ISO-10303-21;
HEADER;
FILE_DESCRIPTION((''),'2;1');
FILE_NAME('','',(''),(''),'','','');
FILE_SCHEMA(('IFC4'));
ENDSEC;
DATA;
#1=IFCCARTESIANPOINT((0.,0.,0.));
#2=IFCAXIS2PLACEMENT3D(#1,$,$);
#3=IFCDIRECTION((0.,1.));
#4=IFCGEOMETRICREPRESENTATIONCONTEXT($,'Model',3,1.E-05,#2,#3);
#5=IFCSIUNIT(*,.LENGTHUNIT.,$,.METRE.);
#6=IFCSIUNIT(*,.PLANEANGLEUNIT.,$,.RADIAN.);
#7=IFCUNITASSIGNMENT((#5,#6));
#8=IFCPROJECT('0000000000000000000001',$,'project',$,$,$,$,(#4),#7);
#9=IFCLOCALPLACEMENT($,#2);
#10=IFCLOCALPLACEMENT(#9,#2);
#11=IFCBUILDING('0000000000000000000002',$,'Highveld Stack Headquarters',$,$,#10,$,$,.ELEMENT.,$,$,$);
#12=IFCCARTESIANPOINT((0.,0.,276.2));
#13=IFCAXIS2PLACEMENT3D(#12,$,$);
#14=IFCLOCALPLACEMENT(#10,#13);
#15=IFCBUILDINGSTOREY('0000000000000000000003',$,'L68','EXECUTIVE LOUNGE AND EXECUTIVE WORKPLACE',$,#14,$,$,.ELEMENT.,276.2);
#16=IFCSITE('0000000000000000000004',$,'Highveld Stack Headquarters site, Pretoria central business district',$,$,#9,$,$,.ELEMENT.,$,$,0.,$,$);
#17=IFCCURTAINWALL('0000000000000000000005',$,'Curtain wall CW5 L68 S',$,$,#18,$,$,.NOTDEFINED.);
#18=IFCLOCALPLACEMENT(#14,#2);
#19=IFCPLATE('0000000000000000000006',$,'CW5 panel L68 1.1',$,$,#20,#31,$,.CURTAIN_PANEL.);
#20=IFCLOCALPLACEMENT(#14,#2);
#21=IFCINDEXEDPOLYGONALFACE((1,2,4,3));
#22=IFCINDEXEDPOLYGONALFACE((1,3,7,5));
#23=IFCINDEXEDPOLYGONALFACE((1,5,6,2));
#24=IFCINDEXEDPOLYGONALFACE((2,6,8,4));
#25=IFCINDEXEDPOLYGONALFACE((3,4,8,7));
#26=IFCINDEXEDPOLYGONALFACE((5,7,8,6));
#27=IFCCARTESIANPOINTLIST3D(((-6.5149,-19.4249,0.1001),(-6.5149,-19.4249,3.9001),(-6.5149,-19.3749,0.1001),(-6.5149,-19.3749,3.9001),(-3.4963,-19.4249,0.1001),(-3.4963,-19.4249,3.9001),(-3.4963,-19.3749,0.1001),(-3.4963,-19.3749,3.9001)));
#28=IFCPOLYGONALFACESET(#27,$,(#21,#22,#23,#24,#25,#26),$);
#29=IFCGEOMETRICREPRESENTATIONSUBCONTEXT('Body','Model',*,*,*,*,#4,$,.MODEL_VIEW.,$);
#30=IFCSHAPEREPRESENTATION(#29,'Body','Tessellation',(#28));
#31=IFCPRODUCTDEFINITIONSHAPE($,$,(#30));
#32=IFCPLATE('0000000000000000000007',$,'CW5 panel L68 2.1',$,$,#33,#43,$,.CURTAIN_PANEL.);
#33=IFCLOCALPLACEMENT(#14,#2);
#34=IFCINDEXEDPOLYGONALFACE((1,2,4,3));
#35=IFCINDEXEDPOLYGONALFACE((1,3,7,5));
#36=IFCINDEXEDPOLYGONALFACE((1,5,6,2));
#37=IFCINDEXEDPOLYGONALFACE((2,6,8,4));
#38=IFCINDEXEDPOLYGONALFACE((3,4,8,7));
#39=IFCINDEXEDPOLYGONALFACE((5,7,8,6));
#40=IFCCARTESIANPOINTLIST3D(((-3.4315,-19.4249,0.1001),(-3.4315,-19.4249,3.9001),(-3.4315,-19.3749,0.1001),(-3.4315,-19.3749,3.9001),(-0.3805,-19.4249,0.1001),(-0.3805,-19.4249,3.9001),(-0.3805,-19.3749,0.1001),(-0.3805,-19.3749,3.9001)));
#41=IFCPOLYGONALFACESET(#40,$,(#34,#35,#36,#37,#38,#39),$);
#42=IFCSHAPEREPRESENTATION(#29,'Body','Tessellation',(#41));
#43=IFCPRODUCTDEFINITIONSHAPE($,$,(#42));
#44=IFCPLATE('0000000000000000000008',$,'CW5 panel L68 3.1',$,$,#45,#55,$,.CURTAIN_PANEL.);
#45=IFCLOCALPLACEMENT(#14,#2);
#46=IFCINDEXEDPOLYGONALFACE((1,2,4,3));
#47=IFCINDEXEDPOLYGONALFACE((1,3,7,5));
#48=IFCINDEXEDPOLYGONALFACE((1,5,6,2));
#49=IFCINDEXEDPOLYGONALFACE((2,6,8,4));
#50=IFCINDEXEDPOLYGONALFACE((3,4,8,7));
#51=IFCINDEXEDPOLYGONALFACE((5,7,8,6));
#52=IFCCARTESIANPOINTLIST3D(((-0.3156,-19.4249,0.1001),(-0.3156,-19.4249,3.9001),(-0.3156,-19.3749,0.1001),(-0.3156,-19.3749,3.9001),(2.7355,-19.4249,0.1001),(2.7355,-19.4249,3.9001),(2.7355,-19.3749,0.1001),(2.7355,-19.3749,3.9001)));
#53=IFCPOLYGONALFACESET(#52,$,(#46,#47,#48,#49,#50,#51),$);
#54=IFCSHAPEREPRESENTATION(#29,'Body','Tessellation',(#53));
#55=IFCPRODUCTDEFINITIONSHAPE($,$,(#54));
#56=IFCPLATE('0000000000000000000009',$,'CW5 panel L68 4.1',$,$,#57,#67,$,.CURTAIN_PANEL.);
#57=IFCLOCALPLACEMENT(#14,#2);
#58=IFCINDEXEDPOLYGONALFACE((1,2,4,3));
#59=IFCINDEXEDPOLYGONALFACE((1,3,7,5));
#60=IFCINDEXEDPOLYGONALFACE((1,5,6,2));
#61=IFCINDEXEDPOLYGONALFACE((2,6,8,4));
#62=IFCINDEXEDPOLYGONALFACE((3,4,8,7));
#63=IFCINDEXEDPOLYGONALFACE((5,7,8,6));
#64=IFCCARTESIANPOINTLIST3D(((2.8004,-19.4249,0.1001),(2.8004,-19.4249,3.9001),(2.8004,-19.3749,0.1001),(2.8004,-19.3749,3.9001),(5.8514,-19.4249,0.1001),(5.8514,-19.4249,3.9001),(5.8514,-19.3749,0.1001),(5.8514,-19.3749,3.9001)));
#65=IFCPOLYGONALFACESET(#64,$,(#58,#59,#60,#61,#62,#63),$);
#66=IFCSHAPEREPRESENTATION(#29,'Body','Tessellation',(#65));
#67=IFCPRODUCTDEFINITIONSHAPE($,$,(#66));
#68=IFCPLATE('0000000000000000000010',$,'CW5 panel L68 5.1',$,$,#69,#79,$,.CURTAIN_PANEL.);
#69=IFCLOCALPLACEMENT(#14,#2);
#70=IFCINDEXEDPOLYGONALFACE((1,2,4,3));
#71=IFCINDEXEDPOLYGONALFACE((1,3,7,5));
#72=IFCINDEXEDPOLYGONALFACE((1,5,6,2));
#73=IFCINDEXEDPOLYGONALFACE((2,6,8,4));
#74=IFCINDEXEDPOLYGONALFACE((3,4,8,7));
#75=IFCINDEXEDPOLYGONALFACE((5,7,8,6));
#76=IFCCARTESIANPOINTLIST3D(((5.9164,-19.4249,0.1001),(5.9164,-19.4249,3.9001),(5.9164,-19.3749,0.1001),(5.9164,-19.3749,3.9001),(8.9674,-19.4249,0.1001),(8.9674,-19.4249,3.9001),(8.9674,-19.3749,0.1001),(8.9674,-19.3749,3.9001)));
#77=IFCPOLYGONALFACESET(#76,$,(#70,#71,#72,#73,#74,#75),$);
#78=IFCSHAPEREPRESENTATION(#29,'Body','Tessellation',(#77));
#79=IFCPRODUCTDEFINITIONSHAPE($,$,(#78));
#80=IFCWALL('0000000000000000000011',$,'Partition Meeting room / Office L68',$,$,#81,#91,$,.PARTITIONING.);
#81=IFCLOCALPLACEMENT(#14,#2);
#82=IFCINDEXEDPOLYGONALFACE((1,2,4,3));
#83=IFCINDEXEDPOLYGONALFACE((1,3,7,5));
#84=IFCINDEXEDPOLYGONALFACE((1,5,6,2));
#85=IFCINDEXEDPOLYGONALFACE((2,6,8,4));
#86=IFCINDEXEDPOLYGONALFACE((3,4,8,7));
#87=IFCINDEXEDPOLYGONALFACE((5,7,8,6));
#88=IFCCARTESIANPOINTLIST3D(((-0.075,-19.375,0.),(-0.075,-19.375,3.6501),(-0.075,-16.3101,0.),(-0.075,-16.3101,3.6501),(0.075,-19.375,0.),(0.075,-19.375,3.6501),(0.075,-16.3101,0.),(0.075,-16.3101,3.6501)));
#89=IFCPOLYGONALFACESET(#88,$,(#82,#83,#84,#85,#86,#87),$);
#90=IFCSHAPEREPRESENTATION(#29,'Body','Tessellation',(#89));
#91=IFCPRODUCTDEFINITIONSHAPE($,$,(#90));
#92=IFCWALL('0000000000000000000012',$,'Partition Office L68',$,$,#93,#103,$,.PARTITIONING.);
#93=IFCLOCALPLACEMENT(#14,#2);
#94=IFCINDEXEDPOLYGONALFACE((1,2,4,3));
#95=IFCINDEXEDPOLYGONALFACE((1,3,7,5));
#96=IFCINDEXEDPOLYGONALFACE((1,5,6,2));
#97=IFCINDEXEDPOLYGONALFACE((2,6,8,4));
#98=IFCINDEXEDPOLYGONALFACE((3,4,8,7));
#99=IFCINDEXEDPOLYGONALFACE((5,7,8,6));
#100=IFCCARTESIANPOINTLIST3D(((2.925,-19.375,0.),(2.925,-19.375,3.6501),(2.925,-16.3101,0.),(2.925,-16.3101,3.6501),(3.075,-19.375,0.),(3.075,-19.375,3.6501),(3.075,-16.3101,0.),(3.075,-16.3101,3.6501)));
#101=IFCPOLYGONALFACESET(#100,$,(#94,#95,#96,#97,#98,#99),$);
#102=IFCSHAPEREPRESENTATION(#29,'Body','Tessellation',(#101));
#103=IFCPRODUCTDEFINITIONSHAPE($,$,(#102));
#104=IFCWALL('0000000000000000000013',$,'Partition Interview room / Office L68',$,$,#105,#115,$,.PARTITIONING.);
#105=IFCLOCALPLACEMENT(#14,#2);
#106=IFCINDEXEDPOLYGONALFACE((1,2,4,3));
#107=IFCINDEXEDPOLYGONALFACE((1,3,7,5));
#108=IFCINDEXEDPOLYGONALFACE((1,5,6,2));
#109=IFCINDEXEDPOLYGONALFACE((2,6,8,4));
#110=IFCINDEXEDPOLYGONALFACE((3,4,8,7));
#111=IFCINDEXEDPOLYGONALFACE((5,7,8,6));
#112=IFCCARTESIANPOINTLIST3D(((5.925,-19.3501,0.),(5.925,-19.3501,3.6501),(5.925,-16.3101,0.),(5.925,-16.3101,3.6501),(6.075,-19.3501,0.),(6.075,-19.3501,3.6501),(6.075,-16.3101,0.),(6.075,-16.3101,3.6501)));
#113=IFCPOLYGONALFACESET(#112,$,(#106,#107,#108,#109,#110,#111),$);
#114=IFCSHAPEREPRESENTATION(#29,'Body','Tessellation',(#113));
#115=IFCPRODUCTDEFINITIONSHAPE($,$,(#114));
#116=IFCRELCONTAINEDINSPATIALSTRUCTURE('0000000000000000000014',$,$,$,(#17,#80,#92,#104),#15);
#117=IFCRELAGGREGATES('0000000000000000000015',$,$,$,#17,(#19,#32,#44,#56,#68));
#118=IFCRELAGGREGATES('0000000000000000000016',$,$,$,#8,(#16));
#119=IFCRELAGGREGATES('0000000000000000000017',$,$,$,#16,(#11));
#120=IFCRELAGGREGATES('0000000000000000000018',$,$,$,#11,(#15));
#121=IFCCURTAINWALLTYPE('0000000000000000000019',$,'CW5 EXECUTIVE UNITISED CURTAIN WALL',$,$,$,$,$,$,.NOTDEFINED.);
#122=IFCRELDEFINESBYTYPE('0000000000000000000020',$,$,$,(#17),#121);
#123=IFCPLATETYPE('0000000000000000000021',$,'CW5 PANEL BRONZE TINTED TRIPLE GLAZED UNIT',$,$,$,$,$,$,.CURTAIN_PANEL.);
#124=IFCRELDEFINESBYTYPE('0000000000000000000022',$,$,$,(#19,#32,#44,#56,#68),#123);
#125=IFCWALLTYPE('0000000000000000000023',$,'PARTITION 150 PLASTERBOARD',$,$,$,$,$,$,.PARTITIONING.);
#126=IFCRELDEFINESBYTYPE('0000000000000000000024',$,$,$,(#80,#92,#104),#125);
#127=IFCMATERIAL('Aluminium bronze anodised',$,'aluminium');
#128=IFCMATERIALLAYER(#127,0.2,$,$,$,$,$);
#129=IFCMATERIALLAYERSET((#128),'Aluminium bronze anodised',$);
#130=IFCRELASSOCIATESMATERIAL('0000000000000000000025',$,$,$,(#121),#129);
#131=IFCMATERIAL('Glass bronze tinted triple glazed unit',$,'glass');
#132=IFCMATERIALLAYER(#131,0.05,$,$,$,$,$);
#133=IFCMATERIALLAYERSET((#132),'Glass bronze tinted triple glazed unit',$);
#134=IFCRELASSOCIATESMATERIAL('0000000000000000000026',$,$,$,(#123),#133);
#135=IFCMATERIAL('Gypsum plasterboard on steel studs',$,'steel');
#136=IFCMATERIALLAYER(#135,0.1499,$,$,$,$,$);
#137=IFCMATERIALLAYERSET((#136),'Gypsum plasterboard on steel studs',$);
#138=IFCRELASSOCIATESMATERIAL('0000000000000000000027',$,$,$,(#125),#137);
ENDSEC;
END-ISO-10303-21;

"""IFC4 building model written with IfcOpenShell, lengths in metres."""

from ifc_helpers import new_model, si_unit, direction, frame, frame_2d, origin, origin_2d, place, context, subcontext, project, spatial, rectangle, extrude, material, layer, layer_set, type_object, element, aggregate, save


model = new_model("IFC4")

# Units and contexts
model_context = context("Model", 3, precision=1e-05, world=origin(), true_north=direction((0.0, 1.0)))
body_context = subcontext(model_context, "Body", "Model", "MODEL_VIEW")
ifc_project = project(units=[si_unit("LENGTHUNIT", "METRE"), si_unit("PLANEANGLEUNIT", "RADIAN")], contexts=[model_context])

# Site, building, storey
site_placement = place(None, origin())
site = spatial("IfcSite", under=ifc_project, at=site_placement, Name="Highveld Stack Headquarters site, Pretoria central business district", CompositionType="ELEMENT", RefElevation=0.0)
building_placement = place(site_placement, origin())
building = spatial("IfcBuilding", under=site, at=building_placement, Name="Highveld Stack Headquarters", CompositionType="ELEMENT")
storey_placement = place(building_placement, frame((0.0, 0.0, 276.2)))
storey = spatial("IfcBuildingStorey", under=building, at=storey_placement, Name="L68", Description="EXECUTIVE LOUNGE AND EXECUTIVE WORKPLACE", CompositionType="ELEMENT", Elevation=276.2)

# Curtain wall, plates
ifc_material_1 = material(Name="Aluminium bronze anodised", Category="aluminium")
ifc_layer_1 = layer(ifc_material_1, 0.2)
ifc_layer_set_1 = layer_set([ifc_layer_1], Name="Aluminium bronze anodised")
curtain_wall_type = type_object("IfcCurtainWallType", Name="CW5 EXECUTIVE UNITISED CURTAIN WALL", PredefinedType="NOTDEFINED", material=ifc_layer_set_1)
curtain_wall_placement = place(storey_placement, origin())
curtain_wall = element("IfcCurtainWall", 1, at=curtain_wall_placement, inside=storey, type_object=curtain_wall_type, Name="Curtain wall CW5 L68 S", PredefinedType="NOTDEFINED")
ifc_material_2 = material(Name="Glass bronze tinted triple glazed unit", Category="glass")
ifc_layer_2 = layer(ifc_material_2, 0.05)
ifc_layer_set_2 = layer_set([ifc_layer_2], Name="Glass bronze tinted triple glazed unit")
plate_type = type_object("IfcPlateType", Name="CW5 PANEL BRONZE TINTED TRIPLE GLAZED UNIT", PredefinedType="CURTAIN_PANEL", material=ifc_layer_set_2)
plate_1_placement = place(storey_placement, frame((-5.0056, -19.3999, 0.1001), z_axis=(0.0, 0.0, 1.0), x_axis=(1.0, 0.0, 0.0)))
plate_1 = element("IfcPlate", 2, at=plate_1_placement, type_object=plate_type, Name="CW5 panel L68 1.1", PredefinedType="CURTAIN_PANEL", context=body_context, shape_type="SweptSolid", body=[
    extrude(rectangle(XDim=3.0186, YDim=0.05, at=origin_2d()), origin(), (0.0, 0.0, 1.0), 3.8),
])
plate_2_placement = place(storey_placement, frame((-1.906, -19.3999, 0.1001), z_axis=(0.0, 0.0, 1.0), x_axis=(1.0, 0.0, 0.0)))
plate_2 = element("IfcPlate", 3, at=plate_2_placement, type_object=plate_type, Name="CW5 panel L68 2.1", PredefinedType="CURTAIN_PANEL", context=body_context, shape_type="SweptSolid", body=[
    extrude(rectangle(XDim=3.051, YDim=0.05, at=origin_2d()), origin(), (0.0, 0.0, 1.0), 3.8),
])
plate_3_placement = place(storey_placement, frame((1.21, -19.3999, 0.1001), z_axis=(0.0, 0.0, 1.0), x_axis=(1.0, 0.0, 0.0)))
plate_3 = element("IfcPlate", 4, at=plate_3_placement, type_object=plate_type, Name="CW5 panel L68 3.1", PredefinedType="CURTAIN_PANEL", context=body_context, shape_type="SweptSolid", body=[
    extrude(rectangle(XDim=3.051, YDim=0.05, at=origin_2d()), origin(), (0.0, 0.0, 1.0), 3.8),
])
plate_4_placement = place(storey_placement, frame((4.3259, -19.3999, 0.1001), z_axis=(0.0, 0.0, 1.0), x_axis=(1.0, 0.0, 0.0)))
plate_4 = element("IfcPlate", 5, at=plate_4_placement, type_object=plate_type, Name="CW5 panel L68 4.1", PredefinedType="CURTAIN_PANEL", context=body_context, shape_type="SweptSolid", body=[
    extrude(rectangle(XDim=3.051, YDim=0.05, at=origin_2d()), origin(), (0.0, 0.0, 1.0), 3.8),
])
plate_5_placement = place(storey_placement, frame((7.4419, -19.3999, 0.1001), z_axis=(0.0, 0.0, 1.0), x_axis=(1.0, 0.0, 0.0)))
plate_5 = element("IfcPlate", 6, at=plate_5_placement, type_object=plate_type, Name="CW5 panel L68 5.1", PredefinedType="CURTAIN_PANEL", context=body_context, shape_type="SweptSolid", body=[
    extrude(rectangle(XDim=3.051, YDim=0.05, at=origin_2d()), origin(), (0.0, 0.0, 1.0), 3.8),
])
aggregate(curtain_wall, [plate_1, plate_2, plate_3, plate_4, plate_5])

# Walls
ifc_material_3 = material(Name="Gypsum plasterboard on steel studs", Category="steel")
ifc_layer_3 = layer(ifc_material_3, 0.1499)
ifc_layer_set_3 = layer_set([ifc_layer_3], Name="Gypsum plasterboard on steel studs")
wall_type = type_object("IfcWallType", Name="PARTITION 150 PLASTERBOARD", PredefinedType="PARTITIONING", material=ifc_layer_set_3)
for number, where, z_axis, x_axis, name in (
    (7, (0.0, -19.375, 0.0), (0.0, 0.0, 1.0), (0.0, 1.0, 0.0), "Partition Meeting room / Office L68"),
    (8, (3.0, -19.375, 0.0), (0.0, 0.0, 1.0), (0.0, 1.0, 0.0), "Partition Office L68"),
):
    element("IfcWall", number, at=place(storey_placement, frame(where, z_axis=z_axis, x_axis=x_axis)), inside=storey, type_object=wall_type, Name=name, PredefinedType="PARTITIONING", context=body_context, shape_type="SweptSolid", body=[
        extrude(rectangle(XDim=3.0649, YDim=0.1499, at=frame_2d((1.5325, 0.0))), origin(), (0.0, 0.0, 1.0), 3.6501),
    ])
wall_placement = place(storey_placement, frame((6.0, -19.3501, 0.0), z_axis=(0.0, 0.0, 1.0), x_axis=(0.0, 1.0, 0.0)))
element("IfcWall", 9, at=wall_placement, inside=storey, type_object=wall_type, Name="Partition Interview room / Office L68", PredefinedType="PARTITIONING", context=body_context, shape_type="SweptSolid", body=[
    extrude(rectangle(XDim=3.04, YDim=0.1499, at=frame_2d((1.52, 0.0))), origin(), (0.0, 0.0, 1.0), 3.6501),
])

save(model, "model.ifc")
